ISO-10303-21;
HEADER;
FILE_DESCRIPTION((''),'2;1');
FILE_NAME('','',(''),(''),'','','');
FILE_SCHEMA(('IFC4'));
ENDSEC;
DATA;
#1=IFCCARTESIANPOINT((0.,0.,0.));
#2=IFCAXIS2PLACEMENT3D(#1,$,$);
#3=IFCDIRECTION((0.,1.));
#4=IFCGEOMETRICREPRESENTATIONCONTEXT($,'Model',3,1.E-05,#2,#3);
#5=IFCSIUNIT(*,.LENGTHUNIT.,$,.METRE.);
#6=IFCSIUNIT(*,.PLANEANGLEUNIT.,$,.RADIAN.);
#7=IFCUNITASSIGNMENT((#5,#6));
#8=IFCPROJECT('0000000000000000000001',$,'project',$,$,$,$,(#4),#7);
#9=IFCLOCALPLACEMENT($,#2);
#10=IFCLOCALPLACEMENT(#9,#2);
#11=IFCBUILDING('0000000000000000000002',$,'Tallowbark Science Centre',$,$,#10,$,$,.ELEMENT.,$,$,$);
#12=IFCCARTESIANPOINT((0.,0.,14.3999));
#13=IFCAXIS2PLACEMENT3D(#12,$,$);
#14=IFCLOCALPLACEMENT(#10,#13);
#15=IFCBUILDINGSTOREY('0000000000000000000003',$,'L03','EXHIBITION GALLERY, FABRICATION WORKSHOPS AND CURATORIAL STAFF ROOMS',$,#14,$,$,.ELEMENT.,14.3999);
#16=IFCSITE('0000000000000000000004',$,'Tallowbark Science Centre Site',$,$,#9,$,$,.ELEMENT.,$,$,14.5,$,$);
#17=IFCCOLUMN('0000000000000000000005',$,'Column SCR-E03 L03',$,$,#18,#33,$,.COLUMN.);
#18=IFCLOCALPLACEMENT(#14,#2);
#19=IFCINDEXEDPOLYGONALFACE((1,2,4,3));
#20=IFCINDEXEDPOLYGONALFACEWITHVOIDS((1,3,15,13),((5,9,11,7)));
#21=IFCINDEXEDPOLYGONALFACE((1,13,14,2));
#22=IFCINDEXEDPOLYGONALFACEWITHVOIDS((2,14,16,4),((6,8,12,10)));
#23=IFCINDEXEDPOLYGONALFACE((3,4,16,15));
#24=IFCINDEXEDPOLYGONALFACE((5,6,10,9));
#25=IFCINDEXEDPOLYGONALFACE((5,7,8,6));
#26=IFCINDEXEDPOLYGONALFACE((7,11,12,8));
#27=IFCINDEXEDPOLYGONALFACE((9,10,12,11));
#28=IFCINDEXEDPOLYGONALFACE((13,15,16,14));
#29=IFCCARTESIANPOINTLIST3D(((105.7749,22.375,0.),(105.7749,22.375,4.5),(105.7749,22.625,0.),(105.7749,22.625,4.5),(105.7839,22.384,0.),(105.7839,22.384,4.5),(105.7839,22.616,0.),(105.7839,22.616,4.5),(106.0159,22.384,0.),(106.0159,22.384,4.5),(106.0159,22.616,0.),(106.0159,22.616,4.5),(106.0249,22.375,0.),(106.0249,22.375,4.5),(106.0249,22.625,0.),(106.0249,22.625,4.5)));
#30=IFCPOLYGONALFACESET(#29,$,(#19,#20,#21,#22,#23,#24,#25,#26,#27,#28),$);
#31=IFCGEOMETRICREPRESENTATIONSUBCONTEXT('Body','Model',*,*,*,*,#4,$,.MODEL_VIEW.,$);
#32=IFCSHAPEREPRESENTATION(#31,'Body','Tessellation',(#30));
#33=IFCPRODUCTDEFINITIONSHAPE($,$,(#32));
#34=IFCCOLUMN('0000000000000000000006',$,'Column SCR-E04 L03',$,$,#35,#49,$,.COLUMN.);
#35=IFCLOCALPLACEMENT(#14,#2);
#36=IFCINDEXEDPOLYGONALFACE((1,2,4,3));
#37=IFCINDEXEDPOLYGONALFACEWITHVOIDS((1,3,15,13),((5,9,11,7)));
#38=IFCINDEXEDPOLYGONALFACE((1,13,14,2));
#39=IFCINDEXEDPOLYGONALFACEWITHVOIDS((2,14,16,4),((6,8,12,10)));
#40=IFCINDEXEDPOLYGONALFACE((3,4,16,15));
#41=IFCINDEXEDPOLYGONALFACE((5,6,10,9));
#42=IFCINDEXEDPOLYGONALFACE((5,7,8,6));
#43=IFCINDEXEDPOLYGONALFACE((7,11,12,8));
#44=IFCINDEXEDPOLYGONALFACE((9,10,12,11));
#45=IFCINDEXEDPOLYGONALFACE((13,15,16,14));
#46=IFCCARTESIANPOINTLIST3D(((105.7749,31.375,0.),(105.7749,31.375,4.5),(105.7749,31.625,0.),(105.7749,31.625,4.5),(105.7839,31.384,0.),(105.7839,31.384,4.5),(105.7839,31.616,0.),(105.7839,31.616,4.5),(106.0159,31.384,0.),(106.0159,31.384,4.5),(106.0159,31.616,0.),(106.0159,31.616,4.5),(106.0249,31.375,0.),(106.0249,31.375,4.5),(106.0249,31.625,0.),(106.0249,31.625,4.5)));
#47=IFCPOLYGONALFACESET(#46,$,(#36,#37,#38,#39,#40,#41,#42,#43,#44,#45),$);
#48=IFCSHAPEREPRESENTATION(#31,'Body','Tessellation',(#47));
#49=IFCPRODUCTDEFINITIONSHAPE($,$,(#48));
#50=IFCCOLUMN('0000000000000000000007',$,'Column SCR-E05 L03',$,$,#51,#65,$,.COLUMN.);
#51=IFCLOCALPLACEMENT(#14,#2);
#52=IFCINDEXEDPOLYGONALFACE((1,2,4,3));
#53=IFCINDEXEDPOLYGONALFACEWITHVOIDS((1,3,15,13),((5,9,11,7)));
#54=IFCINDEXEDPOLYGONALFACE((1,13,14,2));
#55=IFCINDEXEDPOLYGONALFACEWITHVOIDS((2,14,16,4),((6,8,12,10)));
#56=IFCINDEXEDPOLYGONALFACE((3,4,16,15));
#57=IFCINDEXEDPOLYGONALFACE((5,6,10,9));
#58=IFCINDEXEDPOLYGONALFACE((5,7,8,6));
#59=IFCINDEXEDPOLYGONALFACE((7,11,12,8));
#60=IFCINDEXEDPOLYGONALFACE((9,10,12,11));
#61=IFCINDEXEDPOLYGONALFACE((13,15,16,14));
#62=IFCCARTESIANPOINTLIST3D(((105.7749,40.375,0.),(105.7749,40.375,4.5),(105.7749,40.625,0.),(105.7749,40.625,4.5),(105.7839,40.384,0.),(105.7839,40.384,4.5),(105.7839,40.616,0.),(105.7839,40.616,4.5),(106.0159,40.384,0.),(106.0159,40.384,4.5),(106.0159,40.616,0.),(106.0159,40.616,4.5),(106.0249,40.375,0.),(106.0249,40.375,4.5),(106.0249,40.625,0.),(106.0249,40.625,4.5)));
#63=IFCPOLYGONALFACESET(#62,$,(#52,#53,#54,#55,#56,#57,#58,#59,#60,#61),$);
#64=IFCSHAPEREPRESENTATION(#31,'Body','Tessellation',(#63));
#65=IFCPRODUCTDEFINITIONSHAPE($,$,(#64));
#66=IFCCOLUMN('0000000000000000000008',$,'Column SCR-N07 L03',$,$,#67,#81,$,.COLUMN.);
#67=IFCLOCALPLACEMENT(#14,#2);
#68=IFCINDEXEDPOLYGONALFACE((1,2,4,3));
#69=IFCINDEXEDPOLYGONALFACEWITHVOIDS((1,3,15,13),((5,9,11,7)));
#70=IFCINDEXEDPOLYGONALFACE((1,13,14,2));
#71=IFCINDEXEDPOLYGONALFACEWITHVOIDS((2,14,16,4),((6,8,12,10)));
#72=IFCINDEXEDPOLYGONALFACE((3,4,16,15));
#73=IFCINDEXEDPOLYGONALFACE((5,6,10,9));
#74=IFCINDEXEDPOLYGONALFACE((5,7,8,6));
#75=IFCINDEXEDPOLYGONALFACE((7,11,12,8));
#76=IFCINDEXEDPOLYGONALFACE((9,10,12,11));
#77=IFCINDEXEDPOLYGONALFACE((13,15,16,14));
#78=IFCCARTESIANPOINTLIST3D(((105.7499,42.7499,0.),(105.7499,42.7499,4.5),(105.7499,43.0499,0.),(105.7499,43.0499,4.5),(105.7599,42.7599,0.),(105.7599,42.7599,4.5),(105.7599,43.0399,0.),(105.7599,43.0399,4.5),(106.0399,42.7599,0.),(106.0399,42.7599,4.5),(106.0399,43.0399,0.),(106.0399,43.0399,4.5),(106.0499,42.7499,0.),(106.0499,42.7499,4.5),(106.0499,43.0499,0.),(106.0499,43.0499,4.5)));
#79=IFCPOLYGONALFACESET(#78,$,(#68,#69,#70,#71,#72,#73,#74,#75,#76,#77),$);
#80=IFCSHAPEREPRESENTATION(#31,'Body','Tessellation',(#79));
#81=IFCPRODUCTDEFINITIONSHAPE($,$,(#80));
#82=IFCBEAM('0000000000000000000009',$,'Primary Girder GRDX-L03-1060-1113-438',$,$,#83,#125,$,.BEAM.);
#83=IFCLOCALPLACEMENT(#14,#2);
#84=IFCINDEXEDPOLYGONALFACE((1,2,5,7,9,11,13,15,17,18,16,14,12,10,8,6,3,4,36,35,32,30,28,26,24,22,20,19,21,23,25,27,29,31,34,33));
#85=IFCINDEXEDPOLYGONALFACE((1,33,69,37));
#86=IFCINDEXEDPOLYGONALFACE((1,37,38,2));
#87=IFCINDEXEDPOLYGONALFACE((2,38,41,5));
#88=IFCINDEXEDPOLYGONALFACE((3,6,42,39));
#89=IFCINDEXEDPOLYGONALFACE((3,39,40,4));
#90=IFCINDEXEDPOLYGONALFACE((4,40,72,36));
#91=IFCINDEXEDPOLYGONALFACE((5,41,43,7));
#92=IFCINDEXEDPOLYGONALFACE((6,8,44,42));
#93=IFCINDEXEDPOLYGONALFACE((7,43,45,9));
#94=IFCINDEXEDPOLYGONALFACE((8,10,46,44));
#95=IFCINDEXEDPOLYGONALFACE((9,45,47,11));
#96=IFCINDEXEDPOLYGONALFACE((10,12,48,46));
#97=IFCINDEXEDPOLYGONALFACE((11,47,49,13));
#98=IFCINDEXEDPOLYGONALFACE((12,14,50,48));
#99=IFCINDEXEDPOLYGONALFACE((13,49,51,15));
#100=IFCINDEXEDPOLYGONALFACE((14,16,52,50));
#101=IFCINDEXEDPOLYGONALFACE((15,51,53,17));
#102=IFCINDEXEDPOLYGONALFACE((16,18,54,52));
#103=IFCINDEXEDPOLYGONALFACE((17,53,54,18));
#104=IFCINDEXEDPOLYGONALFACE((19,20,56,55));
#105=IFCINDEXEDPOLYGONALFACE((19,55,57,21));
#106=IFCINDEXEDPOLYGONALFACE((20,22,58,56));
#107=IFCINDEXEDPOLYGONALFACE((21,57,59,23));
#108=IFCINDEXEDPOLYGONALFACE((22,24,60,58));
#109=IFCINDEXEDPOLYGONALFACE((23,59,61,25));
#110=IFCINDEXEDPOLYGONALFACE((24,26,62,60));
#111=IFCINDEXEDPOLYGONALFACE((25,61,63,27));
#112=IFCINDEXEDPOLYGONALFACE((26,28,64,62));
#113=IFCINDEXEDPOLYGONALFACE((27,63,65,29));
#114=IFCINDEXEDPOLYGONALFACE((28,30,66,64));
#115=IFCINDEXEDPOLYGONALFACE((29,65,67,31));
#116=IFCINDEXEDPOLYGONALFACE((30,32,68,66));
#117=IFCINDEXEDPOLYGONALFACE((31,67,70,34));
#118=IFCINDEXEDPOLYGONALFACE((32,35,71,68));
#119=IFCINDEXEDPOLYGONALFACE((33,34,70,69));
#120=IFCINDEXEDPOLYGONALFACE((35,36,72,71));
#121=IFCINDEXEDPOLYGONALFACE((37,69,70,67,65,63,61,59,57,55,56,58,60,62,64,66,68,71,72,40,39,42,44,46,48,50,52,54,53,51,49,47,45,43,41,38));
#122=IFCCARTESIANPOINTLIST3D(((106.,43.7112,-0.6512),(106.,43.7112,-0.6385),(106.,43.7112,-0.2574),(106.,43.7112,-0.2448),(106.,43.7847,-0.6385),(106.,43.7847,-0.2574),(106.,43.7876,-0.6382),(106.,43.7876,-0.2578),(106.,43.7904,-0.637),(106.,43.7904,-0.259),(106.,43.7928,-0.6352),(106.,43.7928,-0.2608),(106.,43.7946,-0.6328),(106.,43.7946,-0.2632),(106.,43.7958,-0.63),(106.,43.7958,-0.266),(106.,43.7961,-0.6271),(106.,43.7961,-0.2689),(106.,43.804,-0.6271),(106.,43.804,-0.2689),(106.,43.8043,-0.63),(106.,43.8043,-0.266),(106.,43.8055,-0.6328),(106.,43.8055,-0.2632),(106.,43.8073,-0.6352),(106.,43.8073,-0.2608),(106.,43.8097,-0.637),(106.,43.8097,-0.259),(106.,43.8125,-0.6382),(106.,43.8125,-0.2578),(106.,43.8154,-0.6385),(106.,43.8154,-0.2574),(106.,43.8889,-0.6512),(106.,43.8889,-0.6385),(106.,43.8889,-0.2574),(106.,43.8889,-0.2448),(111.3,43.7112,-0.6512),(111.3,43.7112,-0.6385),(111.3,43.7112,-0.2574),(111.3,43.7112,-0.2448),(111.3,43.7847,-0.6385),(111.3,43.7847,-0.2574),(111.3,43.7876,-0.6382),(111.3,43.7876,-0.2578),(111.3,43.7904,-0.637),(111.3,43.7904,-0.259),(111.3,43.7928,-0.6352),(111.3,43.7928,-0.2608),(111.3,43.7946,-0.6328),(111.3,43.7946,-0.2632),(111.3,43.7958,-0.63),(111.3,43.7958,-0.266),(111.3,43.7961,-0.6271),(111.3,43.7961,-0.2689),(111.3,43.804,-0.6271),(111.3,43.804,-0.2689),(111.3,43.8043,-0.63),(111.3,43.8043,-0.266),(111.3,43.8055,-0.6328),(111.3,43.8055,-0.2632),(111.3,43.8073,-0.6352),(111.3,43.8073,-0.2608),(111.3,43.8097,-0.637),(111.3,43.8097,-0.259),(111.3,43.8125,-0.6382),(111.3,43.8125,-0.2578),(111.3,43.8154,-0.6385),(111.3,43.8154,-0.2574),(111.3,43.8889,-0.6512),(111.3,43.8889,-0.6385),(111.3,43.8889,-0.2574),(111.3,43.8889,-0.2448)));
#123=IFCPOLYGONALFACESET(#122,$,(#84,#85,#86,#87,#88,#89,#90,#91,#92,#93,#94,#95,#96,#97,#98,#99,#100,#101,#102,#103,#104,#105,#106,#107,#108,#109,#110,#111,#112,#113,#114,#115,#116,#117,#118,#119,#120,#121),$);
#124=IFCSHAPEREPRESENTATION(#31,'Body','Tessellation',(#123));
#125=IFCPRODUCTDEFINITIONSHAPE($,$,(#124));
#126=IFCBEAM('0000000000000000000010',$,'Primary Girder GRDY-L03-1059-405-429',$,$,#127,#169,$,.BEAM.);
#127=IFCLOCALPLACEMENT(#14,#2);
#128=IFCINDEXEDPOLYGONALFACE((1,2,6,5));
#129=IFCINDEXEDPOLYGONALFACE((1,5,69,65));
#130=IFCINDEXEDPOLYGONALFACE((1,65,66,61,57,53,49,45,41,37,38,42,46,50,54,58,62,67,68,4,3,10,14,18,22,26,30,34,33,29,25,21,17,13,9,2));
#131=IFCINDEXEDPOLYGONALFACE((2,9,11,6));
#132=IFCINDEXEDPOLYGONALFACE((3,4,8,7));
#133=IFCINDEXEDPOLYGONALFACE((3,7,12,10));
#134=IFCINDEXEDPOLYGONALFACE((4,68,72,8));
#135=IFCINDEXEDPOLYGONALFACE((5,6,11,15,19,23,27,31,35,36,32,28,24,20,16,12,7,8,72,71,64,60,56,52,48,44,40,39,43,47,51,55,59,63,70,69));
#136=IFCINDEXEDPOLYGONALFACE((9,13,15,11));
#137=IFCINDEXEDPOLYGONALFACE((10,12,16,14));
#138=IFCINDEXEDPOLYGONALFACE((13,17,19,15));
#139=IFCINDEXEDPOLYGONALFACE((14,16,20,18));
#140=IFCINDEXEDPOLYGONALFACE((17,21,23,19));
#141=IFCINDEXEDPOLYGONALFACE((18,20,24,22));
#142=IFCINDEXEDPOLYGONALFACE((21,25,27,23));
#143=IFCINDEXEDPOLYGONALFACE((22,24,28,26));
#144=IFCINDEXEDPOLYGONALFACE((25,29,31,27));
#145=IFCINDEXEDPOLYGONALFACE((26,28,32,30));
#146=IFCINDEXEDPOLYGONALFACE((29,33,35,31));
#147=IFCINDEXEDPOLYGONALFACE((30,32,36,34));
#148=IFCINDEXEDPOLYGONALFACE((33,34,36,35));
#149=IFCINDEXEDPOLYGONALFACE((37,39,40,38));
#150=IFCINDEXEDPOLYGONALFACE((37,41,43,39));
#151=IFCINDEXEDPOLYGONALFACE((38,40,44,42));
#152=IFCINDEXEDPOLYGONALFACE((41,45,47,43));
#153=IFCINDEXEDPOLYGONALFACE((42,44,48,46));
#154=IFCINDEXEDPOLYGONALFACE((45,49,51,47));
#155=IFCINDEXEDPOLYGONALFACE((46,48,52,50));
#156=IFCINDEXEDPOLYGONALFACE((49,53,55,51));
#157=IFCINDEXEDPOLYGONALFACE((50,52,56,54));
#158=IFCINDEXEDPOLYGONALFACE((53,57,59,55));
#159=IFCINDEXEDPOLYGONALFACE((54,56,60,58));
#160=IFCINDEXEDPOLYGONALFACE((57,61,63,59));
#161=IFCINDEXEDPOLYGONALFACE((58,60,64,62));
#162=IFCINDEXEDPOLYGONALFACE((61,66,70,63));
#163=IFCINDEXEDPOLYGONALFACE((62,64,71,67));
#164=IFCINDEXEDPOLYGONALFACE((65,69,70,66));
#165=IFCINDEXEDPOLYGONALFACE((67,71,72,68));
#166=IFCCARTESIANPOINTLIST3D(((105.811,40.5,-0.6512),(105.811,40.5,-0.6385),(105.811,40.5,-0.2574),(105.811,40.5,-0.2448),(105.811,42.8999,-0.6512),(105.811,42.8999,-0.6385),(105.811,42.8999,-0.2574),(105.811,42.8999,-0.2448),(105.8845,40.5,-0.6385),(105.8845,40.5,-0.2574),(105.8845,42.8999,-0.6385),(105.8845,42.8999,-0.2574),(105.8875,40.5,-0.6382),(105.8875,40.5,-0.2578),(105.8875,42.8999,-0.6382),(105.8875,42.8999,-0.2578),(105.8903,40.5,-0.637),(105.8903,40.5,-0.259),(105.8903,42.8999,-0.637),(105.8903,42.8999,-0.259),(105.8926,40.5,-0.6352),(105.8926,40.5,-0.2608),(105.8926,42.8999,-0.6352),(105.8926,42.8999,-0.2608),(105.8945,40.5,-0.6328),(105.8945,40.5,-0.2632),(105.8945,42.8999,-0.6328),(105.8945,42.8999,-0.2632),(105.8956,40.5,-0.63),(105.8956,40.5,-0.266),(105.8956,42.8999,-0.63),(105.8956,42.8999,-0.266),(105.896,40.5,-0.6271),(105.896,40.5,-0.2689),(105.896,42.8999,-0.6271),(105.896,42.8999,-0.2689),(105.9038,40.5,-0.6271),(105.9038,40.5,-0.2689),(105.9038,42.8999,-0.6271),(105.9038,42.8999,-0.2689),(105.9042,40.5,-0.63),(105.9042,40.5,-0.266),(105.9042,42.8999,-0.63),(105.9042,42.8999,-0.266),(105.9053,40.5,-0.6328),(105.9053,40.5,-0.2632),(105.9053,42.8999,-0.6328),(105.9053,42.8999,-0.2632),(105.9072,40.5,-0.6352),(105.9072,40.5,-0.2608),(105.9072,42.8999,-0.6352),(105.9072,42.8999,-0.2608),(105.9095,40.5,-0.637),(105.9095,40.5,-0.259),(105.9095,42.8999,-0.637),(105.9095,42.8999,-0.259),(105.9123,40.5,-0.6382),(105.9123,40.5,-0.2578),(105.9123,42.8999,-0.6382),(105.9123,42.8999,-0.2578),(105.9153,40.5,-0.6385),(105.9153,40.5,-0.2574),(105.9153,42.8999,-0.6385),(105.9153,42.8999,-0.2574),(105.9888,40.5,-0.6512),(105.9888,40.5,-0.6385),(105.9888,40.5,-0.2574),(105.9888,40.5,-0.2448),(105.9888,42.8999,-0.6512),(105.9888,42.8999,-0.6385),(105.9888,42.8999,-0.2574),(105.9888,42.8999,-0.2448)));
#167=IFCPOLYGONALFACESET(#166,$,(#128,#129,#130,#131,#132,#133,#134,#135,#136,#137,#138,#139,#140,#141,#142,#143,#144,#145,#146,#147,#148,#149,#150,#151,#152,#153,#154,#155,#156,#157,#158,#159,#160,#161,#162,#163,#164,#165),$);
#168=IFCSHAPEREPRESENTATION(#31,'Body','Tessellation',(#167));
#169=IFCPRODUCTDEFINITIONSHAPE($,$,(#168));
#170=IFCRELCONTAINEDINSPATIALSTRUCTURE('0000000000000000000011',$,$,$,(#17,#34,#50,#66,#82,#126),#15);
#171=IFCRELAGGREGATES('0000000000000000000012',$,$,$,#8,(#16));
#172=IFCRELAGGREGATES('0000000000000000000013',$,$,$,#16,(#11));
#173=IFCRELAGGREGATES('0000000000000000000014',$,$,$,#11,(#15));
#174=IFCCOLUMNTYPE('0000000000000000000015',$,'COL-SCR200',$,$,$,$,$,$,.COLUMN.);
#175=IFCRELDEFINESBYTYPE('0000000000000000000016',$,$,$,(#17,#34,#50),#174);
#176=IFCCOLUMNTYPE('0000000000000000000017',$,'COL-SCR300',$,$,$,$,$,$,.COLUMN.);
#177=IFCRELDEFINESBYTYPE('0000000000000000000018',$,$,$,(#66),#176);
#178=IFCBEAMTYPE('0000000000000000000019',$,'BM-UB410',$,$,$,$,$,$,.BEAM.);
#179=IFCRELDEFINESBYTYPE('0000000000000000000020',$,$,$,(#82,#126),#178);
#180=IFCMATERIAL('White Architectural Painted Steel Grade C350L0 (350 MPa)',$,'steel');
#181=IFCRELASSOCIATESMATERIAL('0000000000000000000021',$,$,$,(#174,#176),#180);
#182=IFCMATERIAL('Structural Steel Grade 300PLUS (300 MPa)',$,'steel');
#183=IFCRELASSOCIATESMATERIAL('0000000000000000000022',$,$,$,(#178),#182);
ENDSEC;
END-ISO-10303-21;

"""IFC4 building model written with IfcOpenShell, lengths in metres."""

from ifc_helpers import new_model, si_unit, direction, frame, origin, origin_2d, place, context, subcontext, project, spatial, hollow_rectangle, i_section, extrude, material, material_profile, profile_set, type_object, element, save


model = new_model("IFC4")

# Units and contexts
model_context = context("Model", 3, precision=1e-05, world=origin(), true_north=direction((0.0, 1.0)))
body_context = subcontext(model_context, "Body", "Model", "MODEL_VIEW")
ifc_project = project(units=[si_unit("LENGTHUNIT", "METRE"), si_unit("PLANEANGLEUNIT", "RADIAN")], contexts=[model_context])

# Site, building, storey
site_placement = place(None, origin())
site = spatial("IfcSite", under=ifc_project, at=site_placement, Name="Tallowbark Science Centre Site", CompositionType="ELEMENT", RefElevation=14.5)
building_placement = place(site_placement, origin())
building = spatial("IfcBuilding", under=site, at=building_placement, Name="Tallowbark Science Centre", CompositionType="ELEMENT")
storey_placement = place(building_placement, frame((0.0, 0.0, 14.3999)))
storey = spatial("IfcBuildingStorey", under=building, at=storey_placement, Name="L03", Description="EXHIBITION GALLERY, FABRICATION WORKSHOPS AND CURATORIAL STAFF ROOMS", CompositionType="ELEMENT", Elevation=14.3999)

# Columns
ifc_material_1 = material(Name="White Architectural Painted Steel Grade C350L0 (350 MPa)", Category="steel")
ifc_material_profile_1 = material_profile(ifc_material_1, hollow_rectangle(XDim=0.25, YDim=0.25, WallThickness=0.009, at=origin_2d()), Name="250x250x9.0SHS")
ifc_profile_set_1 = profile_set([ifc_material_profile_1], Name="White Architectural Painted Steel Grade C350L0 (350 MPa)")
column_type_1 = type_object("IfcColumnType", Name="COL-SCR200", PredefinedType="COLUMN", material=ifc_profile_set_1)
for number, where, z_axis, x_axis, name in (
    (1, (105.8999, 22.5, 0.0), (0.0, 0.0, 1.0), (1.0, 0.0, 0.0), "Column SCR-E03 L03"),
    (2, (105.8999, 31.5, 0.0), (0.0, 0.0, 1.0), (1.0, 0.0, 0.0), "Column SCR-E04 L03"),
    (3, (105.8999, 40.5, 0.0), (0.0, 0.0, 1.0), (1.0, 0.0, 0.0), "Column SCR-E05 L03"),
):
    element("IfcColumn", number, at=place(storey_placement, frame(where, z_axis=z_axis, x_axis=x_axis)), inside=storey, type_object=column_type_1, Name=name, PredefinedType="COLUMN", context=body_context, shape_type="SweptSolid", body=[
        extrude(hollow_rectangle(XDim=0.25, YDim=0.25, WallThickness=0.009, at=origin_2d()), origin(), (0.0, 0.0, 1.0), 4.5),
    ])
ifc_material_profile_2 = material_profile(ifc_material_1, hollow_rectangle(XDim=0.3, YDim=0.3, WallThickness=0.01, at=origin_2d()), Name="300x300x10.0SHS")
ifc_profile_set_2 = profile_set([ifc_material_profile_2], Name="White Architectural Painted Steel Grade C350L0 (350 MPa)")
column_type_2 = type_object("IfcColumnType", Name="COL-SCR300", PredefinedType="COLUMN", material=ifc_profile_set_2)
column_placement = place(storey_placement, frame((105.8999, 42.8999, 0.0), z_axis=(0.0, 0.0, 1.0), x_axis=(1.0, 0.0, 0.0)))
element("IfcColumn", 4, at=column_placement, inside=storey, type_object=column_type_2, Name="Column SCR-N07 L03", PredefinedType="COLUMN", context=body_context, shape_type="SweptSolid", body=[
    extrude(hollow_rectangle(XDim=0.3, YDim=0.3, WallThickness=0.01, at=origin_2d()), origin(), (0.0, 0.0, 1.0), 4.5),
])

# Beams
ifc_material_2 = material(Name="Structural Steel Grade 300PLUS (300 MPa)", Category="steel")
ifc_material_profile_3 = material_profile(ifc_material_2, i_section(OverallWidth=0.1777, OverallDepth=0.4065, WebThickness=0.0078, FlangeThickness=0.0127, FilletRadius=0.0115, at=origin_2d()), Name="410UB59.7")
ifc_profile_set_3 = profile_set([ifc_material_profile_3], Name="Structural Steel Grade 300PLUS (300 MPa)")
beam_type_1 = type_object("IfcBeamType", Name="BM-UB410", PredefinedType="BEAM", material=ifc_profile_set_3)
beam_1_placement = place(storey_placement, frame((106.0, 43.8, -0.448), z_axis=(1.0, 0.0, 0.0), x_axis=(0.0, 1.0, 0.0)))
element("IfcBeam", 5, at=beam_1_placement, inside=storey, type_object=beam_type_1, Name="Primary Girder GRDX-L03-1060-1113-438", PredefinedType="BEAM", context=body_context, shape_type="SweptSolid", body=[
    extrude(i_section(OverallWidth=0.1777, OverallDepth=0.4065, WebThickness=0.0078, FlangeThickness=0.0127, FilletRadius=0.0115, at=origin_2d()), origin(), (0.0, 0.0, 1.0), 5.3),
])
beam_2_placement = place(storey_placement, frame((105.8999, 40.5, -0.448), z_axis=(0.0, 1.0, 0.0), x_axis=(-1.0, 0.0, 0.0)))
element("IfcBeam", 6, at=beam_2_placement, inside=storey, type_object=beam_type_1, Name="Primary Girder GRDY-L03-1059-405-429", PredefinedType="BEAM", context=body_context, shape_type="SweptSolid", body=[
    extrude(i_section(OverallWidth=0.1777, OverallDepth=0.4065, WebThickness=0.0078, FlangeThickness=0.0127, FilletRadius=0.0115, at=origin_2d()), origin(), (0.0, 0.0, 1.0), 2.3999),
])

save(model, "model.ifc")
